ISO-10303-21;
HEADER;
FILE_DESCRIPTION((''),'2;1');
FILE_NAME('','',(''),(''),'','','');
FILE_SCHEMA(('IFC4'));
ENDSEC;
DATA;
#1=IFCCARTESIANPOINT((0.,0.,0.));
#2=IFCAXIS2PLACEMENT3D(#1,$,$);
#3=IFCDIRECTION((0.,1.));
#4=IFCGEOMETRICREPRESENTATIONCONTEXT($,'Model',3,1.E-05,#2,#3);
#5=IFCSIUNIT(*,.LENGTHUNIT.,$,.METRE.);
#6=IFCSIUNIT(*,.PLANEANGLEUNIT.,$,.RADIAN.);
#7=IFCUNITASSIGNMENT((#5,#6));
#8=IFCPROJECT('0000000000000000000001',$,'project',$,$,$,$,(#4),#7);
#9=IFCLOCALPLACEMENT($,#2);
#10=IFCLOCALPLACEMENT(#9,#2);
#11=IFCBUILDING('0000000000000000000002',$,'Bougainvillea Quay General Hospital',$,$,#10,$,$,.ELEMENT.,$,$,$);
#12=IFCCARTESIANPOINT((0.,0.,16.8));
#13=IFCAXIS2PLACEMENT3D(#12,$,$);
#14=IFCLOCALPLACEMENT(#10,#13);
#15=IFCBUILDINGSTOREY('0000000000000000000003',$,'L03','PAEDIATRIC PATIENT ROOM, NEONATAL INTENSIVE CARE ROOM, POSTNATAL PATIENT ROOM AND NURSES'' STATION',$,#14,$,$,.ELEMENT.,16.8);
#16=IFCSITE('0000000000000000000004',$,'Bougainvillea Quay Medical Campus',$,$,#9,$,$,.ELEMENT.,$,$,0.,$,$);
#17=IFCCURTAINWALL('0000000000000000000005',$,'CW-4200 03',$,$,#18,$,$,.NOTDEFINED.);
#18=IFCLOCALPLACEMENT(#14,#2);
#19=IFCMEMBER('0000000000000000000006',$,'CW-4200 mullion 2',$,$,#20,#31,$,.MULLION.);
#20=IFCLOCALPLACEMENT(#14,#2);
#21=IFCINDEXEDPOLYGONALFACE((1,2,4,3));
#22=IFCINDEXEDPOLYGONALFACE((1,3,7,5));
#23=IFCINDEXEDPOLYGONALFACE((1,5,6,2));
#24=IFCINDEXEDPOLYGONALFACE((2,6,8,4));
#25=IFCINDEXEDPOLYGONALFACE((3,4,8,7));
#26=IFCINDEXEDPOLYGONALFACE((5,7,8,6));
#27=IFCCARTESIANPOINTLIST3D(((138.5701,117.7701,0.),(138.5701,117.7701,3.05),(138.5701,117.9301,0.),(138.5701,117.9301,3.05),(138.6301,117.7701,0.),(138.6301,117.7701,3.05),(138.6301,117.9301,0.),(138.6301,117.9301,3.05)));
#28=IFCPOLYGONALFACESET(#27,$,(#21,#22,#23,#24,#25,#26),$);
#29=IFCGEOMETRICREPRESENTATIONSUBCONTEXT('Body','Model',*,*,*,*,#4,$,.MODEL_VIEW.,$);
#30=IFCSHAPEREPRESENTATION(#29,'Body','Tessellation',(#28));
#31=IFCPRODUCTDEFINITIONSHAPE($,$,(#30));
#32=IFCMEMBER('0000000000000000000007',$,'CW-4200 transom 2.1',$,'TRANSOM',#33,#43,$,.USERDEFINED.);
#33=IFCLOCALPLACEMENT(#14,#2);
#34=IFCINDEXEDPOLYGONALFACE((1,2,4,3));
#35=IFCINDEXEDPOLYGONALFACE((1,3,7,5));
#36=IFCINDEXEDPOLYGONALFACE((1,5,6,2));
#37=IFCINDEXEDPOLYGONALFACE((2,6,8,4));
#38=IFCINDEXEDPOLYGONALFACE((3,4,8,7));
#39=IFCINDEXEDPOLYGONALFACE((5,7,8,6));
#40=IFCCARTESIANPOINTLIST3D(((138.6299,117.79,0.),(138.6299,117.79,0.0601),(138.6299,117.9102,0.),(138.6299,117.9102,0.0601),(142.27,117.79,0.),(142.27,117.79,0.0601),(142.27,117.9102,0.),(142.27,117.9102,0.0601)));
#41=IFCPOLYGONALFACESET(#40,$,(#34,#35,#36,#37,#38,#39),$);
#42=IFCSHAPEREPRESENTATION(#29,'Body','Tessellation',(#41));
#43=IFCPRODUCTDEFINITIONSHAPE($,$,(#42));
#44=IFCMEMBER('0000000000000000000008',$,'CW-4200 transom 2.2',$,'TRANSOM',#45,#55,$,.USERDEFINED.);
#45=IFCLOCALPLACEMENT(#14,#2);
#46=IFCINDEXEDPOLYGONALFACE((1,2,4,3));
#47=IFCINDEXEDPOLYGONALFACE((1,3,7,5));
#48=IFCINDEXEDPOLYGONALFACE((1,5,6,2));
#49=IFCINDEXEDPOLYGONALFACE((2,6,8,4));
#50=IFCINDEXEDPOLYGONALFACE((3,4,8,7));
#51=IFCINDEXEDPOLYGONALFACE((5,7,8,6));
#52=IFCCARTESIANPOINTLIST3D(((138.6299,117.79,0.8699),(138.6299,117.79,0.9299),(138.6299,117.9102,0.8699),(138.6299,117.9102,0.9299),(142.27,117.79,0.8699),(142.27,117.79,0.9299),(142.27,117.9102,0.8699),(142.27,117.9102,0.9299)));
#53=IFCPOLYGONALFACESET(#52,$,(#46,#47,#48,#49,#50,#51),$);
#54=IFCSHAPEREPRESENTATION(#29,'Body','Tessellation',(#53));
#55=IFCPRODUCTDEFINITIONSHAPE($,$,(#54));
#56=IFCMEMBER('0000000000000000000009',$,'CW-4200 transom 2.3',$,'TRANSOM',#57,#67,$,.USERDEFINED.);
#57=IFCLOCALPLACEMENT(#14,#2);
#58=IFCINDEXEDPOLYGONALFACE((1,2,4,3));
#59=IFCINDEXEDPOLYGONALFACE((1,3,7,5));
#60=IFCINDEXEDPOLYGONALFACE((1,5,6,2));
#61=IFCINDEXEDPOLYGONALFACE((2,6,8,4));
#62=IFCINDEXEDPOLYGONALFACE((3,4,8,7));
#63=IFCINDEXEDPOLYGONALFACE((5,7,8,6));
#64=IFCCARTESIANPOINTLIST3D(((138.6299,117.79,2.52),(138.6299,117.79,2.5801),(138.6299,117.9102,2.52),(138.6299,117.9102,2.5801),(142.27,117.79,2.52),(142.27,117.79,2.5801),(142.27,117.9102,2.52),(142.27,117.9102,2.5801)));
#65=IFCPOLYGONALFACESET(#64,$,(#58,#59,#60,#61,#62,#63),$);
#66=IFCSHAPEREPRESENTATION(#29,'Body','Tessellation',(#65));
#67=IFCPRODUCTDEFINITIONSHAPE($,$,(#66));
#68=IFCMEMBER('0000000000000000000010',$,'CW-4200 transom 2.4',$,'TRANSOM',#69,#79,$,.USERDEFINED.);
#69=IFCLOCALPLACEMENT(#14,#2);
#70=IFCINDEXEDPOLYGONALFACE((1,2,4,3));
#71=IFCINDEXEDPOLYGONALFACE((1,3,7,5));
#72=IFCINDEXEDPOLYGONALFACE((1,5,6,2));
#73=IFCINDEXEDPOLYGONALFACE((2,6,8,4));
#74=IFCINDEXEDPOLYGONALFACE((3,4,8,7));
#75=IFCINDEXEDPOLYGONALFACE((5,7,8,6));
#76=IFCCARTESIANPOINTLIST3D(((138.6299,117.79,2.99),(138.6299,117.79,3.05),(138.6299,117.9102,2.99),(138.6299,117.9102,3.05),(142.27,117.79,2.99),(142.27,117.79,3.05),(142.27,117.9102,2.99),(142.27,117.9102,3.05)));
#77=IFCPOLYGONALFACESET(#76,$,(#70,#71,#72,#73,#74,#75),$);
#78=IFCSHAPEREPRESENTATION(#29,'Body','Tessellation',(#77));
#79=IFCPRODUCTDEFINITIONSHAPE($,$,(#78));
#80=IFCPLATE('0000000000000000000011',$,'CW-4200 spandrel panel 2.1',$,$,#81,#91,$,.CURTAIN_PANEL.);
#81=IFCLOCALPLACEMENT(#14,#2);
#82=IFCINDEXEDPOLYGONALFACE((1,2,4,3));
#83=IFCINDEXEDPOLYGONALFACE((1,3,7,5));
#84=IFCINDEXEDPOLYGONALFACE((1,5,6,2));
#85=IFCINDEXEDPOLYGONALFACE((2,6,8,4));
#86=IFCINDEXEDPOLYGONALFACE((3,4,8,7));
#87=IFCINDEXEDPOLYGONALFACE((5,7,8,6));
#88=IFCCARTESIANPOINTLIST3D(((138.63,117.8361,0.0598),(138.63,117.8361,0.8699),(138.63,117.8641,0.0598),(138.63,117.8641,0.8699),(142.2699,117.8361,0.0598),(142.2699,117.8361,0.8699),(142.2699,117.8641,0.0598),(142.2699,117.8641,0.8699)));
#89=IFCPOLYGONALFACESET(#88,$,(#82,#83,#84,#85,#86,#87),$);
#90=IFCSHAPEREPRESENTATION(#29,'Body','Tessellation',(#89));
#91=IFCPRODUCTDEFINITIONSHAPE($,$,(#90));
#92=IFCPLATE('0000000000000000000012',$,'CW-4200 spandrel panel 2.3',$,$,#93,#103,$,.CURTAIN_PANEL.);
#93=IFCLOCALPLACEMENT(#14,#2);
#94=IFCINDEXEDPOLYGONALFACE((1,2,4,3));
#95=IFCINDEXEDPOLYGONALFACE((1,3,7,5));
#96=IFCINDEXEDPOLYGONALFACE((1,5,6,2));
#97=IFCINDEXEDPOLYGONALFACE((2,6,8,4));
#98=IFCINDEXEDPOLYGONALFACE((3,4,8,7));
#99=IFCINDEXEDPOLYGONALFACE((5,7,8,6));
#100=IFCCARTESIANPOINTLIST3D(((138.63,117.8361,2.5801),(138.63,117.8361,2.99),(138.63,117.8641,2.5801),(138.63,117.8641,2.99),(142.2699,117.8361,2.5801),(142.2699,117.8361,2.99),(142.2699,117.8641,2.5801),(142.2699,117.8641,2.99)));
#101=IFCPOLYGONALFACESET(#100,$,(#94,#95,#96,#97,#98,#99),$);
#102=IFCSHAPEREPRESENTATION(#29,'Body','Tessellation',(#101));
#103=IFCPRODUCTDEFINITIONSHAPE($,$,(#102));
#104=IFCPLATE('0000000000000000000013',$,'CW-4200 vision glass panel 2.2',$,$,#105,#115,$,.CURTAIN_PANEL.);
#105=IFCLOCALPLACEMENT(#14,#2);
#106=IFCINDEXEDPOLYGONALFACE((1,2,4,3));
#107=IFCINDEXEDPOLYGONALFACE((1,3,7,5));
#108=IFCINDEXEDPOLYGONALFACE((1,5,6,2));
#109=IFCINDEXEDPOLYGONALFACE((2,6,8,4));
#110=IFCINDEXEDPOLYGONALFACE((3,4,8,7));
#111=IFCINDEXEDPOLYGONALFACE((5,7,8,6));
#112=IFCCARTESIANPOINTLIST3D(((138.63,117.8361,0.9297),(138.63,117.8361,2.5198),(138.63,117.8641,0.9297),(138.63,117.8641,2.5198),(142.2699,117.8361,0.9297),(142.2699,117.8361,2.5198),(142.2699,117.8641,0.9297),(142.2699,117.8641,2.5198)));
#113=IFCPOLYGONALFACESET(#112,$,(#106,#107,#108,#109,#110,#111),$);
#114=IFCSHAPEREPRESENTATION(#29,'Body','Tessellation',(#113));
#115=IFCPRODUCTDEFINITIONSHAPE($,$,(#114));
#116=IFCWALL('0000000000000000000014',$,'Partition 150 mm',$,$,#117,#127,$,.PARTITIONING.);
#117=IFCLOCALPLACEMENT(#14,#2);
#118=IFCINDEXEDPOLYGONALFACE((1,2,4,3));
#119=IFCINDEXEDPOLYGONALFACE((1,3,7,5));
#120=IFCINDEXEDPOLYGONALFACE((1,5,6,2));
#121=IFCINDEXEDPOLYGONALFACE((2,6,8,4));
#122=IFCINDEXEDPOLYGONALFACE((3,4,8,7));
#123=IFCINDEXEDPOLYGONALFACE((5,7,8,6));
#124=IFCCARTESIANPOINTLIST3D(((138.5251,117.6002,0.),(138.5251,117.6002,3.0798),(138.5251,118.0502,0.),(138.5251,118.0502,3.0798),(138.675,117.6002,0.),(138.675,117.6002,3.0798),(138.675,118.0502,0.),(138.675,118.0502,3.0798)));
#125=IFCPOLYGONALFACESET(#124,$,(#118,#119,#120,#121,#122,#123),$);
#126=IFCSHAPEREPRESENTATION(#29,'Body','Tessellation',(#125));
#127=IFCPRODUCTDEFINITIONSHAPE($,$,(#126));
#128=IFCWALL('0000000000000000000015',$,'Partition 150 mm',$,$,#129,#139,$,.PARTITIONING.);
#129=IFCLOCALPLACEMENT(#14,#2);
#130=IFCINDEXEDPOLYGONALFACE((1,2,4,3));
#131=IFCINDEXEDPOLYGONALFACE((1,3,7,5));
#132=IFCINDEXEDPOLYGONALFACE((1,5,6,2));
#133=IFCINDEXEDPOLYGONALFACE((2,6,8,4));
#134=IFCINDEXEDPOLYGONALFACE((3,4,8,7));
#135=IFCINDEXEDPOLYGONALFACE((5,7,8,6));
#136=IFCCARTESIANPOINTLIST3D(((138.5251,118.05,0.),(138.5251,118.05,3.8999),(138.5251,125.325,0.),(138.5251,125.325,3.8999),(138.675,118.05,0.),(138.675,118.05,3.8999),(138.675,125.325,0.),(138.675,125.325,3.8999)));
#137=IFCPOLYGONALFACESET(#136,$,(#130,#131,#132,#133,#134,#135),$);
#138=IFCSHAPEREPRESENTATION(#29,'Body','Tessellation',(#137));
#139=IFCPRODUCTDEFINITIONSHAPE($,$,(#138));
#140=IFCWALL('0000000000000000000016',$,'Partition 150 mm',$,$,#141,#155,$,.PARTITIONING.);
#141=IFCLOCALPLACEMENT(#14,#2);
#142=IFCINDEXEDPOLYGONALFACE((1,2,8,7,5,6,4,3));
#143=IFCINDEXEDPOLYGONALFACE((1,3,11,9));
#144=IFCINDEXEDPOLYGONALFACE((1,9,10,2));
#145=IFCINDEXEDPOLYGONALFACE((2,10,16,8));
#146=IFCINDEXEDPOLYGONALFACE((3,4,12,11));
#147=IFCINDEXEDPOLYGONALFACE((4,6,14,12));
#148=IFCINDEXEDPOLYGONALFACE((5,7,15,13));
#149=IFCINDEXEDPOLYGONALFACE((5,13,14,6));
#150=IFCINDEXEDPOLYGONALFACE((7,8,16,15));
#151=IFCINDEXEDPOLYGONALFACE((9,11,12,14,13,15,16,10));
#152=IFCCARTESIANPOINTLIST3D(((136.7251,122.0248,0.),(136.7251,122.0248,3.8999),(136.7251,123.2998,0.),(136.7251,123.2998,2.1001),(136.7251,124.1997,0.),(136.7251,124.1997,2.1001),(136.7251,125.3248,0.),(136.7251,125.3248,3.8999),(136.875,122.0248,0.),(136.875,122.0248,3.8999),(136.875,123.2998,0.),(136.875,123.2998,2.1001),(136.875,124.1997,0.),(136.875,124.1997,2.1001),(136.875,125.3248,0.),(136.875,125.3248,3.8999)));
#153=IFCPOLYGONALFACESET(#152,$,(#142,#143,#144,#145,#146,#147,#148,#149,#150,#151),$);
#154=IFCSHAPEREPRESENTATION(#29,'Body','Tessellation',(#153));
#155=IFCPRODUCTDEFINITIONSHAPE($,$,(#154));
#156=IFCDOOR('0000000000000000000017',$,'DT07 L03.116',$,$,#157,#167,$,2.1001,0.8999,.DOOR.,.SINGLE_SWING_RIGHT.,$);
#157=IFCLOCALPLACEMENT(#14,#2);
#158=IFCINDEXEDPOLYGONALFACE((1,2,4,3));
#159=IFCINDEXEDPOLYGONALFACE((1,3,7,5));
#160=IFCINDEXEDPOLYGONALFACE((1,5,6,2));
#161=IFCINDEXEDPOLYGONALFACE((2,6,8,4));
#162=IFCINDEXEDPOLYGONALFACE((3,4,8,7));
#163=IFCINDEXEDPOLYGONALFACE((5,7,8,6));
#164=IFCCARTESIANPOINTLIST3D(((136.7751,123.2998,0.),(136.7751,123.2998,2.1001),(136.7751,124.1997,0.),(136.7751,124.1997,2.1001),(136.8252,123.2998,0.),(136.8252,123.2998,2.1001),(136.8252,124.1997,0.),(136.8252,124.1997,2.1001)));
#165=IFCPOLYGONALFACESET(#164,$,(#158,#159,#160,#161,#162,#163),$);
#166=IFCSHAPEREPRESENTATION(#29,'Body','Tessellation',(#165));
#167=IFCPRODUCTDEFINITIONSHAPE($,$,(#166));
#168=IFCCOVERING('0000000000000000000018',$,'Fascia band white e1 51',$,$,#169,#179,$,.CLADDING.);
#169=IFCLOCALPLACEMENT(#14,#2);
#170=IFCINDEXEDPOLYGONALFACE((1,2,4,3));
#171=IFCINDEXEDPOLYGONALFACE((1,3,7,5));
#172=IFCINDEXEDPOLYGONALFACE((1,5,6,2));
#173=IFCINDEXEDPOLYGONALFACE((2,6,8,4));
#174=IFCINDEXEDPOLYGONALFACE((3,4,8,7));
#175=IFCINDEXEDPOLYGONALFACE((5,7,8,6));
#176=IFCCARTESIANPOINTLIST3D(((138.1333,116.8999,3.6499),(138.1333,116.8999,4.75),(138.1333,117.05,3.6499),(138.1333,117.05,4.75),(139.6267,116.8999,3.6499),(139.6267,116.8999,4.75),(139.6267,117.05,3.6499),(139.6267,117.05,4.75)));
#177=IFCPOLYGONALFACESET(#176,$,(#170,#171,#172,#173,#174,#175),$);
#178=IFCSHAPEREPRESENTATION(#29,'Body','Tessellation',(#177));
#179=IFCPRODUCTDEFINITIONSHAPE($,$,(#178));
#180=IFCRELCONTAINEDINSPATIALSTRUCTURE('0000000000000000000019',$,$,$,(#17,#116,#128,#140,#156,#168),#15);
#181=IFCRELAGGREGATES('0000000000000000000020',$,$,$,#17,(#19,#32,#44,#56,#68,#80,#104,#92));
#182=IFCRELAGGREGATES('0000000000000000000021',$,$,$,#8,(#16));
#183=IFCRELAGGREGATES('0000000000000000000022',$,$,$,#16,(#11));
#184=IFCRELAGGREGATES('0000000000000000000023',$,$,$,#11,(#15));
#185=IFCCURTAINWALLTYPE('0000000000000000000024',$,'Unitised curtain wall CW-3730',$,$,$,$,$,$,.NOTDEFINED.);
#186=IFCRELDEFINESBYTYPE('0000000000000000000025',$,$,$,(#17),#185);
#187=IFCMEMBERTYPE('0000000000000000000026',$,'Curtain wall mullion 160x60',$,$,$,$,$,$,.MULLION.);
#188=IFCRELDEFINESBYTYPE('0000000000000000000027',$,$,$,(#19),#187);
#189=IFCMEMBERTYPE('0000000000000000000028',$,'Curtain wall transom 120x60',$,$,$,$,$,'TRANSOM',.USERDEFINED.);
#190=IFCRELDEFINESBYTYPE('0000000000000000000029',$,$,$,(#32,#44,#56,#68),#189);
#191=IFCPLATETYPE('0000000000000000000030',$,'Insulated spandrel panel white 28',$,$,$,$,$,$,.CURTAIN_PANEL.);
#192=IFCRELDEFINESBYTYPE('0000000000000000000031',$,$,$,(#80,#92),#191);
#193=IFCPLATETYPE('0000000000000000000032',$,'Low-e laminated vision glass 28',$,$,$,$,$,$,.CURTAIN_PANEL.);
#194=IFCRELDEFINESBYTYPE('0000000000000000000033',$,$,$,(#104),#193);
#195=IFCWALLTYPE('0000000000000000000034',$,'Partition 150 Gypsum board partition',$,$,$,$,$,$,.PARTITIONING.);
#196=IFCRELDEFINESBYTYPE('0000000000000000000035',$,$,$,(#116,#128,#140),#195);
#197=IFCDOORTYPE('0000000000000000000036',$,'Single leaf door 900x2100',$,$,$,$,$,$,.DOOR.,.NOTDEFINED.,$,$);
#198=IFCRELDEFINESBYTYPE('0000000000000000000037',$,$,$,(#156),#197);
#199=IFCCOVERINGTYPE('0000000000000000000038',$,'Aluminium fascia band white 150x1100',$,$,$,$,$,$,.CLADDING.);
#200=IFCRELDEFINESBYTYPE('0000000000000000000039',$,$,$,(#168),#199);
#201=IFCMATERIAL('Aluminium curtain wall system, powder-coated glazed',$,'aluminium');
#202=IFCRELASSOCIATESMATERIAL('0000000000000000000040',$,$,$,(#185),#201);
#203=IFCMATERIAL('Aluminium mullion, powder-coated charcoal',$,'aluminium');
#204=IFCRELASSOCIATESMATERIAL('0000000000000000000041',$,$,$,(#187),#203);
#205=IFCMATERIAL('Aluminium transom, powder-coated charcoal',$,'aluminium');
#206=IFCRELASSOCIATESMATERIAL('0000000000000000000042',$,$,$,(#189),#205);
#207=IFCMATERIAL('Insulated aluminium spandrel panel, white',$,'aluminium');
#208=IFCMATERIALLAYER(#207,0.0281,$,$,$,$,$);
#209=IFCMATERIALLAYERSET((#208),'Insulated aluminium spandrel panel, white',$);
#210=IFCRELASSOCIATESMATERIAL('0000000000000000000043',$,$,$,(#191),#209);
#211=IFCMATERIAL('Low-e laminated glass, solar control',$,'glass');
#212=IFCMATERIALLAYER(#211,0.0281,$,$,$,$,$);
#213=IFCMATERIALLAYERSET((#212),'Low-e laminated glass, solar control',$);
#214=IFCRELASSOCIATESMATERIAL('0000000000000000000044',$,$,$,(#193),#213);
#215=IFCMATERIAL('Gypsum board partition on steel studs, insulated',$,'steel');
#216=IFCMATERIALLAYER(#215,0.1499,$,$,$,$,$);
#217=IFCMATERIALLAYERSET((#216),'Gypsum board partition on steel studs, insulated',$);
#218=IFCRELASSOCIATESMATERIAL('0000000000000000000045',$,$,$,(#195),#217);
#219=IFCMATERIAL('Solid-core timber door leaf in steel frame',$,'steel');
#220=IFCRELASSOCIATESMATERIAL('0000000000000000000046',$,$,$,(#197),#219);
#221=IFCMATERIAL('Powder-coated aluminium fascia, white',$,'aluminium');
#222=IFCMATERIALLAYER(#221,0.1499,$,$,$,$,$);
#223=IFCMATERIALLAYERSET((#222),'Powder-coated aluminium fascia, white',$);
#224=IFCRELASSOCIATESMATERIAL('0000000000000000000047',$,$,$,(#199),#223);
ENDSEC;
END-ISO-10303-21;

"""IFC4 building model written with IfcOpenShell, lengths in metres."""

from ifc_helpers import new_model, si_unit, direction, frame, frame_2d, origin, origin_2d, place, context, subcontext, project, spatial, polyline, rectangle, outline, extrude, material, layer, layer_set, material_profile, profile_set, type_object, element, fill, aggregate, save


model = new_model("IFC4")

# Units and contexts
model_context = context("Model", 3, precision=1e-05, world=origin(), true_north=direction((0.0, 1.0)))
body_context = subcontext(model_context, "Body", "Model", "MODEL_VIEW")
ifc_project = project(units=[si_unit("LENGTHUNIT", "METRE"), si_unit("PLANEANGLEUNIT", "RADIAN")], contexts=[model_context])

# Site, building, storey
site_placement = place(None, origin())
site = spatial("IfcSite", under=ifc_project, at=site_placement, Name="Bougainvillea Quay Medical Campus", CompositionType="ELEMENT", RefElevation=0.0)
building_placement = place(site_placement, origin())
building = spatial("IfcBuilding", under=site, at=building_placement, Name="Bougainvillea Quay General Hospital", CompositionType="ELEMENT")
storey_placement = place(building_placement, frame((0.0, 0.0, 16.8)))
storey = spatial("IfcBuildingStorey", under=building, at=storey_placement, Name="L03", Description="PAEDIATRIC PATIENT ROOM, NEONATAL INTENSIVE CARE ROOM, POSTNATAL PATIENT ROOM AND NURSES' STATION", CompositionType="ELEMENT", Elevation=16.8)

# Curtain wall, members, plates
ifc_material_1 = material(Name="Aluminium curtain wall system, powder-coated glazed", Category="aluminium")
curtain_wall_type = type_object("IfcCurtainWallType", Name="Unitised curtain wall CW-3730", PredefinedType="NOTDEFINED", material=ifc_material_1)
curtain_wall_placement = place(storey_placement, origin())
curtain_wall = element("IfcCurtainWall", 1, at=curtain_wall_placement, inside=storey, type_object=curtain_wall_type, Name="CW-4200 03", PredefinedType="NOTDEFINED")
ifc_material_2 = material(Name="Aluminium mullion, powder-coated charcoal", Category="aluminium")
ifc_material_profile_1 = material_profile(ifc_material_2, rectangle(XDim=0.1599, YDim=0.0601, at=origin_2d()))
ifc_profile_set_1 = profile_set([ifc_material_profile_1], Name="Aluminium mullion, powder-coated charcoal")
member_type_1 = type_object("IfcMemberType", Name="Curtain wall mullion 160x60", PredefinedType="MULLION", material=ifc_profile_set_1)
member_1_placement = place(storey_placement, frame((138.6001, 117.8501, 0.0), z_axis=(0.0, 0.0, 1.0), x_axis=(0.0, 1.0, 0.0)))
member_1 = element("IfcMember", 2, at=member_1_placement, type_object=member_type_1, Name="CW-4200 mullion 2", PredefinedType="MULLION", context=body_context, shape_type="SweptSolid", body=[
    extrude(rectangle(XDim=0.1599, YDim=0.0601, at=origin_2d()), origin(), (0.0, 0.0, 1.0), 3.05),
])
ifc_material_3 = material(Name="Aluminium transom, powder-coated charcoal", Category="aluminium")
ifc_material_profile_2 = material_profile(ifc_material_3, rectangle(XDim=0.1201, YDim=0.0601, at=origin_2d()))
ifc_profile_set_2 = profile_set([ifc_material_profile_2], Name="Aluminium transom, powder-coated charcoal")
member_type_2 = type_object("IfcMemberType", Name="Curtain wall transom 120x60", ElementType="TRANSOM", PredefinedType="USERDEFINED", material=ifc_profile_set_2)
member_2_placement = place(storey_placement, frame((138.6299, 117.8501, 0.03), z_axis=(1.0, 0.0, 0.0), x_axis=(0.0, 1.0, 0.0)))
member_2 = element("IfcMember", 3, at=member_2_placement, type_object=member_type_2, Name="CW-4200 transom 2.1", ObjectType="TRANSOM", PredefinedType="USERDEFINED", context=body_context, shape_type="SweptSolid", body=[
    extrude(rectangle(XDim=0.1201, YDim=0.0601, at=origin_2d()), origin(), (0.0, 0.0, 1.0), 3.6401),
])
member_3_placement = place(storey_placement, frame((138.6299, 117.8501, 0.8999), z_axis=(1.0, 0.0, 0.0), x_axis=(0.0, 1.0, 0.0)))
member_3 = element("IfcMember", 4, at=member_3_placement, type_object=member_type_2, Name="CW-4200 transom 2.2", ObjectType="TRANSOM", PredefinedType="USERDEFINED", context=body_context, shape_type="SweptSolid", body=[
    extrude(rectangle(XDim=0.1201, YDim=0.0601, at=origin_2d()), origin(), (0.0, 0.0, 1.0), 3.6401),
])
member_4_placement = place(storey_placement, frame((138.6299, 117.8501, 2.55), z_axis=(1.0, 0.0, 0.0), x_axis=(0.0, 1.0, 0.0)))
member_4 = element("IfcMember", 5, at=member_4_placement, type_object=member_type_2, Name="CW-4200 transom 2.3", ObjectType="TRANSOM", PredefinedType="USERDEFINED", context=body_context, shape_type="SweptSolid", body=[
    extrude(rectangle(XDim=0.1201, YDim=0.0601, at=origin_2d()), origin(), (0.0, 0.0, 1.0), 3.6401),
])
member_5_placement = place(storey_placement, frame((138.6299, 117.8501, 3.02), z_axis=(1.0, 0.0, 0.0), x_axis=(0.0, 1.0, 0.0)))
member_5 = element("IfcMember", 6, at=member_5_placement, type_object=member_type_2, Name="CW-4200 transom 2.4", ObjectType="TRANSOM", PredefinedType="USERDEFINED", context=body_context, shape_type="SweptSolid", body=[
    extrude(rectangle(XDim=0.1201, YDim=0.0601, at=origin_2d()), origin(), (0.0, 0.0, 1.0), 3.6401),
])
ifc_material_4 = material(Name="Insulated aluminium spandrel panel, white", Category="aluminium")
ifc_layer_1 = layer(ifc_material_4, 0.0281)
ifc_layer_set_1 = layer_set([ifc_layer_1], Name="Insulated aluminium spandrel panel, white")
plate_type_1 = type_object("IfcPlateType", Name="Insulated spandrel panel white 28", PredefinedType="CURTAIN_PANEL", material=ifc_layer_set_1)
plate_1_placement = place(storey_placement, frame((140.45, 117.8501, 0.0598), z_axis=(0.0, 0.0, 1.0), x_axis=(1.0, 0.0, 0.0)))
plate_1 = element("IfcPlate", 7, at=plate_1_placement, type_object=plate_type_1, Name="CW-4200 spandrel panel 2.1", PredefinedType="CURTAIN_PANEL", context=body_context, shape_type="SweptSolid", body=[
    extrude(rectangle(XDim=3.6399, YDim=0.0281, at=origin_2d()), origin(), (0.0, 0.0, 1.0), 0.8101),
])
plate_2_placement = place(storey_placement, frame((140.45, 117.8501, 2.5801), z_axis=(0.0, 0.0, 1.0), x_axis=(1.0, 0.0, 0.0)))
plate_2 = element("IfcPlate", 8, at=plate_2_placement, type_object=plate_type_1, Name="CW-4200 spandrel panel 2.3", PredefinedType="CURTAIN_PANEL", context=body_context, shape_type="SweptSolid", body=[
    extrude(rectangle(XDim=3.6399, YDim=0.0281, at=origin_2d()), origin(), (0.0, 0.0, 1.0), 0.4099),
])
ifc_material_5 = material(Name="Low-e laminated glass, solar control", Category="glass")
ifc_layer_2 = layer(ifc_material_5, 0.0281)
ifc_layer_set_2 = layer_set([ifc_layer_2], Name="Low-e laminated glass, solar control")
plate_type_2 = type_object("IfcPlateType", Name="Low-e laminated vision glass 28", PredefinedType="CURTAIN_PANEL", material=ifc_layer_set_2)
plate_3_placement = place(storey_placement, frame((140.45, 117.8501, 0.9297), z_axis=(0.0, 0.0, 1.0), x_axis=(1.0, 0.0, 0.0)))
plate_3 = element("IfcPlate", 9, at=plate_3_placement, type_object=plate_type_2, Name="CW-4200 vision glass panel 2.2", PredefinedType="CURTAIN_PANEL", context=body_context, shape_type="SweptSolid", body=[
    extrude(rectangle(XDim=3.6399, YDim=0.0281, at=origin_2d()), origin(), (0.0, 0.0, 1.0), 1.5901),
])
aggregate(curtain_wall, [member_1, member_2, member_3, member_4, member_5, plate_1, plate_3, plate_2])

# Walls
ifc_material_6 = material(Name="Gypsum board partition on steel studs, insulated", Category="steel")
ifc_layer_3 = layer(ifc_material_6, 0.1499)
ifc_layer_set_3 = layer_set([ifc_layer_3], Name="Gypsum board partition on steel studs, insulated")
wall_type = type_object("IfcWallType", Name="Partition 150 Gypsum board partition", PredefinedType="PARTITIONING", material=ifc_layer_set_3)
wall_1_placement = place(storey_placement, frame((138.6001, 117.6001, 0.0), z_axis=(0.0, 0.0, 1.0), x_axis=(0.0, 1.0, 0.0)))
element("IfcWall", 10, at=wall_1_placement, inside=storey, type_object=wall_type, Name="Partition 150 mm", PredefinedType="PARTITIONING", context=body_context, shape_type="SweptSolid", body=[
    extrude(rectangle(XDim=0.45, YDim=0.1499, at=frame_2d((0.2251, 0.0))), origin(), (0.0, 0.0, 1.0), 3.0798),
])
wall_2_placement = place(storey_placement, frame((138.6001, 118.05, 0.0), z_axis=(0.0, 0.0, 1.0), x_axis=(0.0, 1.0, 0.0)))
element("IfcWall", 11, at=wall_2_placement, inside=storey, type_object=wall_type, Name="Partition 150 mm", PredefinedType="PARTITIONING", context=body_context, shape_type="SweptSolid", body=[
    extrude(rectangle(XDim=7.2749, YDim=0.1499, at=frame_2d((3.6375, 0.0))), origin(), (0.0, 0.0, 1.0), 3.8999),
])

# Wall, opening, door
wall_3_placement = place(storey_placement, frame((136.8, 122.0249, 0.0), z_axis=(0.0, 0.0, 1.0), x_axis=(0.0, 1.0, 0.0)))
wall_3 = element("IfcWall", 12, at=wall_3_placement, inside=storey, type_object=wall_type, Name="Partition 150 mm", PredefinedType="PARTITIONING", context=body_context, shape_type="SweptSolid", body=[
    extrude(rectangle(XDim=3.3, YDim=0.1499, at=frame_2d((1.6499, 0.0))), origin(), (0.0, 0.0, 1.0), 3.8999),
])
opening_placement = place(wall_3_placement, frame((1.2749, 0.0, 0.0)))
opening = element("IfcOpeningElement", 13, at=opening_placement, cuts=wall_3, PredefinedType="OPENING", context=body_context, shape_type="SweptSolid", body=[
    extrude(rectangle(XDim=0.8999, YDim=2.1001, at=frame_2d((0.45, 1.05))), frame((0.0, 0.085, 0.0), z_axis=(0.0, -1.0, 0.0), x_axis=(1.0, 0.0, 0.0)), (0.0, 0.0, 1.0), 0.1699),
])
ifc_material_7 = material(Name="Solid-core timber door leaf in steel frame", Category="steel")
door_type = type_object("IfcDoorType", Name="Single leaf door 900x2100", OperationType="NOTDEFINED", PredefinedType="DOOR", material=ifc_material_7)
door_placement = place(opening_placement, origin())
door = element("IfcDoor", 14, at=door_placement, inside=storey, type_object=door_type, Name="DT07 L03.116", OperationType="SINGLE_SWING_RIGHT", OverallHeight=2.1001, OverallWidth=0.8999, PredefinedType="DOOR", context=body_context, shape_type="SweptSolid", body=[
    extrude(rectangle(XDim=0.8999, YDim=2.1001, at=frame_2d((0.45, 1.05))), frame((0.0, 0.0249, 0.0), z_axis=(0.0, -1.0, 0.0), x_axis=(1.0, 0.0, 0.0)), (0.0, 0.0, 1.0), 0.05),
])
fill(opening, door)

# Covering
ifc_material_8 = material(Name="Powder-coated aluminium fascia, white", Category="aluminium")
ifc_layer_4 = layer(ifc_material_8, 0.1499)
ifc_layer_set_4 = layer_set([ifc_layer_4], Name="Powder-coated aluminium fascia, white")
covering_type = type_object("IfcCoveringType", Name="Aluminium fascia band white 150x1100", PredefinedType="CLADDING", material=ifc_layer_set_4)
for number, where, z_axis, x_axis, name in (
    (15, (138.1333, 117.05, 3.6499), (0.0, 0.0, 1.0), (1.0, 0.0, 0.0), "Fascia band white e1 51"),
):
    element("IfcCovering", number, at=place(storey_placement, frame(where, z_axis=z_axis, x_axis=x_axis)), inside=storey, type_object=covering_type, Name=name, PredefinedType="CLADDING", context=body_context, shape_type="SweptSolid", body=[
        extrude(outline(polyline([(0.0, 0.0), (1.4934, 0.0), (1.4934, -0.1501), (0.0, -0.1501), (0.0, 0.0)])), origin(), (0.0, 0.0, 1.0), 1.1001),
    ])

save(model, "model.ifc")
